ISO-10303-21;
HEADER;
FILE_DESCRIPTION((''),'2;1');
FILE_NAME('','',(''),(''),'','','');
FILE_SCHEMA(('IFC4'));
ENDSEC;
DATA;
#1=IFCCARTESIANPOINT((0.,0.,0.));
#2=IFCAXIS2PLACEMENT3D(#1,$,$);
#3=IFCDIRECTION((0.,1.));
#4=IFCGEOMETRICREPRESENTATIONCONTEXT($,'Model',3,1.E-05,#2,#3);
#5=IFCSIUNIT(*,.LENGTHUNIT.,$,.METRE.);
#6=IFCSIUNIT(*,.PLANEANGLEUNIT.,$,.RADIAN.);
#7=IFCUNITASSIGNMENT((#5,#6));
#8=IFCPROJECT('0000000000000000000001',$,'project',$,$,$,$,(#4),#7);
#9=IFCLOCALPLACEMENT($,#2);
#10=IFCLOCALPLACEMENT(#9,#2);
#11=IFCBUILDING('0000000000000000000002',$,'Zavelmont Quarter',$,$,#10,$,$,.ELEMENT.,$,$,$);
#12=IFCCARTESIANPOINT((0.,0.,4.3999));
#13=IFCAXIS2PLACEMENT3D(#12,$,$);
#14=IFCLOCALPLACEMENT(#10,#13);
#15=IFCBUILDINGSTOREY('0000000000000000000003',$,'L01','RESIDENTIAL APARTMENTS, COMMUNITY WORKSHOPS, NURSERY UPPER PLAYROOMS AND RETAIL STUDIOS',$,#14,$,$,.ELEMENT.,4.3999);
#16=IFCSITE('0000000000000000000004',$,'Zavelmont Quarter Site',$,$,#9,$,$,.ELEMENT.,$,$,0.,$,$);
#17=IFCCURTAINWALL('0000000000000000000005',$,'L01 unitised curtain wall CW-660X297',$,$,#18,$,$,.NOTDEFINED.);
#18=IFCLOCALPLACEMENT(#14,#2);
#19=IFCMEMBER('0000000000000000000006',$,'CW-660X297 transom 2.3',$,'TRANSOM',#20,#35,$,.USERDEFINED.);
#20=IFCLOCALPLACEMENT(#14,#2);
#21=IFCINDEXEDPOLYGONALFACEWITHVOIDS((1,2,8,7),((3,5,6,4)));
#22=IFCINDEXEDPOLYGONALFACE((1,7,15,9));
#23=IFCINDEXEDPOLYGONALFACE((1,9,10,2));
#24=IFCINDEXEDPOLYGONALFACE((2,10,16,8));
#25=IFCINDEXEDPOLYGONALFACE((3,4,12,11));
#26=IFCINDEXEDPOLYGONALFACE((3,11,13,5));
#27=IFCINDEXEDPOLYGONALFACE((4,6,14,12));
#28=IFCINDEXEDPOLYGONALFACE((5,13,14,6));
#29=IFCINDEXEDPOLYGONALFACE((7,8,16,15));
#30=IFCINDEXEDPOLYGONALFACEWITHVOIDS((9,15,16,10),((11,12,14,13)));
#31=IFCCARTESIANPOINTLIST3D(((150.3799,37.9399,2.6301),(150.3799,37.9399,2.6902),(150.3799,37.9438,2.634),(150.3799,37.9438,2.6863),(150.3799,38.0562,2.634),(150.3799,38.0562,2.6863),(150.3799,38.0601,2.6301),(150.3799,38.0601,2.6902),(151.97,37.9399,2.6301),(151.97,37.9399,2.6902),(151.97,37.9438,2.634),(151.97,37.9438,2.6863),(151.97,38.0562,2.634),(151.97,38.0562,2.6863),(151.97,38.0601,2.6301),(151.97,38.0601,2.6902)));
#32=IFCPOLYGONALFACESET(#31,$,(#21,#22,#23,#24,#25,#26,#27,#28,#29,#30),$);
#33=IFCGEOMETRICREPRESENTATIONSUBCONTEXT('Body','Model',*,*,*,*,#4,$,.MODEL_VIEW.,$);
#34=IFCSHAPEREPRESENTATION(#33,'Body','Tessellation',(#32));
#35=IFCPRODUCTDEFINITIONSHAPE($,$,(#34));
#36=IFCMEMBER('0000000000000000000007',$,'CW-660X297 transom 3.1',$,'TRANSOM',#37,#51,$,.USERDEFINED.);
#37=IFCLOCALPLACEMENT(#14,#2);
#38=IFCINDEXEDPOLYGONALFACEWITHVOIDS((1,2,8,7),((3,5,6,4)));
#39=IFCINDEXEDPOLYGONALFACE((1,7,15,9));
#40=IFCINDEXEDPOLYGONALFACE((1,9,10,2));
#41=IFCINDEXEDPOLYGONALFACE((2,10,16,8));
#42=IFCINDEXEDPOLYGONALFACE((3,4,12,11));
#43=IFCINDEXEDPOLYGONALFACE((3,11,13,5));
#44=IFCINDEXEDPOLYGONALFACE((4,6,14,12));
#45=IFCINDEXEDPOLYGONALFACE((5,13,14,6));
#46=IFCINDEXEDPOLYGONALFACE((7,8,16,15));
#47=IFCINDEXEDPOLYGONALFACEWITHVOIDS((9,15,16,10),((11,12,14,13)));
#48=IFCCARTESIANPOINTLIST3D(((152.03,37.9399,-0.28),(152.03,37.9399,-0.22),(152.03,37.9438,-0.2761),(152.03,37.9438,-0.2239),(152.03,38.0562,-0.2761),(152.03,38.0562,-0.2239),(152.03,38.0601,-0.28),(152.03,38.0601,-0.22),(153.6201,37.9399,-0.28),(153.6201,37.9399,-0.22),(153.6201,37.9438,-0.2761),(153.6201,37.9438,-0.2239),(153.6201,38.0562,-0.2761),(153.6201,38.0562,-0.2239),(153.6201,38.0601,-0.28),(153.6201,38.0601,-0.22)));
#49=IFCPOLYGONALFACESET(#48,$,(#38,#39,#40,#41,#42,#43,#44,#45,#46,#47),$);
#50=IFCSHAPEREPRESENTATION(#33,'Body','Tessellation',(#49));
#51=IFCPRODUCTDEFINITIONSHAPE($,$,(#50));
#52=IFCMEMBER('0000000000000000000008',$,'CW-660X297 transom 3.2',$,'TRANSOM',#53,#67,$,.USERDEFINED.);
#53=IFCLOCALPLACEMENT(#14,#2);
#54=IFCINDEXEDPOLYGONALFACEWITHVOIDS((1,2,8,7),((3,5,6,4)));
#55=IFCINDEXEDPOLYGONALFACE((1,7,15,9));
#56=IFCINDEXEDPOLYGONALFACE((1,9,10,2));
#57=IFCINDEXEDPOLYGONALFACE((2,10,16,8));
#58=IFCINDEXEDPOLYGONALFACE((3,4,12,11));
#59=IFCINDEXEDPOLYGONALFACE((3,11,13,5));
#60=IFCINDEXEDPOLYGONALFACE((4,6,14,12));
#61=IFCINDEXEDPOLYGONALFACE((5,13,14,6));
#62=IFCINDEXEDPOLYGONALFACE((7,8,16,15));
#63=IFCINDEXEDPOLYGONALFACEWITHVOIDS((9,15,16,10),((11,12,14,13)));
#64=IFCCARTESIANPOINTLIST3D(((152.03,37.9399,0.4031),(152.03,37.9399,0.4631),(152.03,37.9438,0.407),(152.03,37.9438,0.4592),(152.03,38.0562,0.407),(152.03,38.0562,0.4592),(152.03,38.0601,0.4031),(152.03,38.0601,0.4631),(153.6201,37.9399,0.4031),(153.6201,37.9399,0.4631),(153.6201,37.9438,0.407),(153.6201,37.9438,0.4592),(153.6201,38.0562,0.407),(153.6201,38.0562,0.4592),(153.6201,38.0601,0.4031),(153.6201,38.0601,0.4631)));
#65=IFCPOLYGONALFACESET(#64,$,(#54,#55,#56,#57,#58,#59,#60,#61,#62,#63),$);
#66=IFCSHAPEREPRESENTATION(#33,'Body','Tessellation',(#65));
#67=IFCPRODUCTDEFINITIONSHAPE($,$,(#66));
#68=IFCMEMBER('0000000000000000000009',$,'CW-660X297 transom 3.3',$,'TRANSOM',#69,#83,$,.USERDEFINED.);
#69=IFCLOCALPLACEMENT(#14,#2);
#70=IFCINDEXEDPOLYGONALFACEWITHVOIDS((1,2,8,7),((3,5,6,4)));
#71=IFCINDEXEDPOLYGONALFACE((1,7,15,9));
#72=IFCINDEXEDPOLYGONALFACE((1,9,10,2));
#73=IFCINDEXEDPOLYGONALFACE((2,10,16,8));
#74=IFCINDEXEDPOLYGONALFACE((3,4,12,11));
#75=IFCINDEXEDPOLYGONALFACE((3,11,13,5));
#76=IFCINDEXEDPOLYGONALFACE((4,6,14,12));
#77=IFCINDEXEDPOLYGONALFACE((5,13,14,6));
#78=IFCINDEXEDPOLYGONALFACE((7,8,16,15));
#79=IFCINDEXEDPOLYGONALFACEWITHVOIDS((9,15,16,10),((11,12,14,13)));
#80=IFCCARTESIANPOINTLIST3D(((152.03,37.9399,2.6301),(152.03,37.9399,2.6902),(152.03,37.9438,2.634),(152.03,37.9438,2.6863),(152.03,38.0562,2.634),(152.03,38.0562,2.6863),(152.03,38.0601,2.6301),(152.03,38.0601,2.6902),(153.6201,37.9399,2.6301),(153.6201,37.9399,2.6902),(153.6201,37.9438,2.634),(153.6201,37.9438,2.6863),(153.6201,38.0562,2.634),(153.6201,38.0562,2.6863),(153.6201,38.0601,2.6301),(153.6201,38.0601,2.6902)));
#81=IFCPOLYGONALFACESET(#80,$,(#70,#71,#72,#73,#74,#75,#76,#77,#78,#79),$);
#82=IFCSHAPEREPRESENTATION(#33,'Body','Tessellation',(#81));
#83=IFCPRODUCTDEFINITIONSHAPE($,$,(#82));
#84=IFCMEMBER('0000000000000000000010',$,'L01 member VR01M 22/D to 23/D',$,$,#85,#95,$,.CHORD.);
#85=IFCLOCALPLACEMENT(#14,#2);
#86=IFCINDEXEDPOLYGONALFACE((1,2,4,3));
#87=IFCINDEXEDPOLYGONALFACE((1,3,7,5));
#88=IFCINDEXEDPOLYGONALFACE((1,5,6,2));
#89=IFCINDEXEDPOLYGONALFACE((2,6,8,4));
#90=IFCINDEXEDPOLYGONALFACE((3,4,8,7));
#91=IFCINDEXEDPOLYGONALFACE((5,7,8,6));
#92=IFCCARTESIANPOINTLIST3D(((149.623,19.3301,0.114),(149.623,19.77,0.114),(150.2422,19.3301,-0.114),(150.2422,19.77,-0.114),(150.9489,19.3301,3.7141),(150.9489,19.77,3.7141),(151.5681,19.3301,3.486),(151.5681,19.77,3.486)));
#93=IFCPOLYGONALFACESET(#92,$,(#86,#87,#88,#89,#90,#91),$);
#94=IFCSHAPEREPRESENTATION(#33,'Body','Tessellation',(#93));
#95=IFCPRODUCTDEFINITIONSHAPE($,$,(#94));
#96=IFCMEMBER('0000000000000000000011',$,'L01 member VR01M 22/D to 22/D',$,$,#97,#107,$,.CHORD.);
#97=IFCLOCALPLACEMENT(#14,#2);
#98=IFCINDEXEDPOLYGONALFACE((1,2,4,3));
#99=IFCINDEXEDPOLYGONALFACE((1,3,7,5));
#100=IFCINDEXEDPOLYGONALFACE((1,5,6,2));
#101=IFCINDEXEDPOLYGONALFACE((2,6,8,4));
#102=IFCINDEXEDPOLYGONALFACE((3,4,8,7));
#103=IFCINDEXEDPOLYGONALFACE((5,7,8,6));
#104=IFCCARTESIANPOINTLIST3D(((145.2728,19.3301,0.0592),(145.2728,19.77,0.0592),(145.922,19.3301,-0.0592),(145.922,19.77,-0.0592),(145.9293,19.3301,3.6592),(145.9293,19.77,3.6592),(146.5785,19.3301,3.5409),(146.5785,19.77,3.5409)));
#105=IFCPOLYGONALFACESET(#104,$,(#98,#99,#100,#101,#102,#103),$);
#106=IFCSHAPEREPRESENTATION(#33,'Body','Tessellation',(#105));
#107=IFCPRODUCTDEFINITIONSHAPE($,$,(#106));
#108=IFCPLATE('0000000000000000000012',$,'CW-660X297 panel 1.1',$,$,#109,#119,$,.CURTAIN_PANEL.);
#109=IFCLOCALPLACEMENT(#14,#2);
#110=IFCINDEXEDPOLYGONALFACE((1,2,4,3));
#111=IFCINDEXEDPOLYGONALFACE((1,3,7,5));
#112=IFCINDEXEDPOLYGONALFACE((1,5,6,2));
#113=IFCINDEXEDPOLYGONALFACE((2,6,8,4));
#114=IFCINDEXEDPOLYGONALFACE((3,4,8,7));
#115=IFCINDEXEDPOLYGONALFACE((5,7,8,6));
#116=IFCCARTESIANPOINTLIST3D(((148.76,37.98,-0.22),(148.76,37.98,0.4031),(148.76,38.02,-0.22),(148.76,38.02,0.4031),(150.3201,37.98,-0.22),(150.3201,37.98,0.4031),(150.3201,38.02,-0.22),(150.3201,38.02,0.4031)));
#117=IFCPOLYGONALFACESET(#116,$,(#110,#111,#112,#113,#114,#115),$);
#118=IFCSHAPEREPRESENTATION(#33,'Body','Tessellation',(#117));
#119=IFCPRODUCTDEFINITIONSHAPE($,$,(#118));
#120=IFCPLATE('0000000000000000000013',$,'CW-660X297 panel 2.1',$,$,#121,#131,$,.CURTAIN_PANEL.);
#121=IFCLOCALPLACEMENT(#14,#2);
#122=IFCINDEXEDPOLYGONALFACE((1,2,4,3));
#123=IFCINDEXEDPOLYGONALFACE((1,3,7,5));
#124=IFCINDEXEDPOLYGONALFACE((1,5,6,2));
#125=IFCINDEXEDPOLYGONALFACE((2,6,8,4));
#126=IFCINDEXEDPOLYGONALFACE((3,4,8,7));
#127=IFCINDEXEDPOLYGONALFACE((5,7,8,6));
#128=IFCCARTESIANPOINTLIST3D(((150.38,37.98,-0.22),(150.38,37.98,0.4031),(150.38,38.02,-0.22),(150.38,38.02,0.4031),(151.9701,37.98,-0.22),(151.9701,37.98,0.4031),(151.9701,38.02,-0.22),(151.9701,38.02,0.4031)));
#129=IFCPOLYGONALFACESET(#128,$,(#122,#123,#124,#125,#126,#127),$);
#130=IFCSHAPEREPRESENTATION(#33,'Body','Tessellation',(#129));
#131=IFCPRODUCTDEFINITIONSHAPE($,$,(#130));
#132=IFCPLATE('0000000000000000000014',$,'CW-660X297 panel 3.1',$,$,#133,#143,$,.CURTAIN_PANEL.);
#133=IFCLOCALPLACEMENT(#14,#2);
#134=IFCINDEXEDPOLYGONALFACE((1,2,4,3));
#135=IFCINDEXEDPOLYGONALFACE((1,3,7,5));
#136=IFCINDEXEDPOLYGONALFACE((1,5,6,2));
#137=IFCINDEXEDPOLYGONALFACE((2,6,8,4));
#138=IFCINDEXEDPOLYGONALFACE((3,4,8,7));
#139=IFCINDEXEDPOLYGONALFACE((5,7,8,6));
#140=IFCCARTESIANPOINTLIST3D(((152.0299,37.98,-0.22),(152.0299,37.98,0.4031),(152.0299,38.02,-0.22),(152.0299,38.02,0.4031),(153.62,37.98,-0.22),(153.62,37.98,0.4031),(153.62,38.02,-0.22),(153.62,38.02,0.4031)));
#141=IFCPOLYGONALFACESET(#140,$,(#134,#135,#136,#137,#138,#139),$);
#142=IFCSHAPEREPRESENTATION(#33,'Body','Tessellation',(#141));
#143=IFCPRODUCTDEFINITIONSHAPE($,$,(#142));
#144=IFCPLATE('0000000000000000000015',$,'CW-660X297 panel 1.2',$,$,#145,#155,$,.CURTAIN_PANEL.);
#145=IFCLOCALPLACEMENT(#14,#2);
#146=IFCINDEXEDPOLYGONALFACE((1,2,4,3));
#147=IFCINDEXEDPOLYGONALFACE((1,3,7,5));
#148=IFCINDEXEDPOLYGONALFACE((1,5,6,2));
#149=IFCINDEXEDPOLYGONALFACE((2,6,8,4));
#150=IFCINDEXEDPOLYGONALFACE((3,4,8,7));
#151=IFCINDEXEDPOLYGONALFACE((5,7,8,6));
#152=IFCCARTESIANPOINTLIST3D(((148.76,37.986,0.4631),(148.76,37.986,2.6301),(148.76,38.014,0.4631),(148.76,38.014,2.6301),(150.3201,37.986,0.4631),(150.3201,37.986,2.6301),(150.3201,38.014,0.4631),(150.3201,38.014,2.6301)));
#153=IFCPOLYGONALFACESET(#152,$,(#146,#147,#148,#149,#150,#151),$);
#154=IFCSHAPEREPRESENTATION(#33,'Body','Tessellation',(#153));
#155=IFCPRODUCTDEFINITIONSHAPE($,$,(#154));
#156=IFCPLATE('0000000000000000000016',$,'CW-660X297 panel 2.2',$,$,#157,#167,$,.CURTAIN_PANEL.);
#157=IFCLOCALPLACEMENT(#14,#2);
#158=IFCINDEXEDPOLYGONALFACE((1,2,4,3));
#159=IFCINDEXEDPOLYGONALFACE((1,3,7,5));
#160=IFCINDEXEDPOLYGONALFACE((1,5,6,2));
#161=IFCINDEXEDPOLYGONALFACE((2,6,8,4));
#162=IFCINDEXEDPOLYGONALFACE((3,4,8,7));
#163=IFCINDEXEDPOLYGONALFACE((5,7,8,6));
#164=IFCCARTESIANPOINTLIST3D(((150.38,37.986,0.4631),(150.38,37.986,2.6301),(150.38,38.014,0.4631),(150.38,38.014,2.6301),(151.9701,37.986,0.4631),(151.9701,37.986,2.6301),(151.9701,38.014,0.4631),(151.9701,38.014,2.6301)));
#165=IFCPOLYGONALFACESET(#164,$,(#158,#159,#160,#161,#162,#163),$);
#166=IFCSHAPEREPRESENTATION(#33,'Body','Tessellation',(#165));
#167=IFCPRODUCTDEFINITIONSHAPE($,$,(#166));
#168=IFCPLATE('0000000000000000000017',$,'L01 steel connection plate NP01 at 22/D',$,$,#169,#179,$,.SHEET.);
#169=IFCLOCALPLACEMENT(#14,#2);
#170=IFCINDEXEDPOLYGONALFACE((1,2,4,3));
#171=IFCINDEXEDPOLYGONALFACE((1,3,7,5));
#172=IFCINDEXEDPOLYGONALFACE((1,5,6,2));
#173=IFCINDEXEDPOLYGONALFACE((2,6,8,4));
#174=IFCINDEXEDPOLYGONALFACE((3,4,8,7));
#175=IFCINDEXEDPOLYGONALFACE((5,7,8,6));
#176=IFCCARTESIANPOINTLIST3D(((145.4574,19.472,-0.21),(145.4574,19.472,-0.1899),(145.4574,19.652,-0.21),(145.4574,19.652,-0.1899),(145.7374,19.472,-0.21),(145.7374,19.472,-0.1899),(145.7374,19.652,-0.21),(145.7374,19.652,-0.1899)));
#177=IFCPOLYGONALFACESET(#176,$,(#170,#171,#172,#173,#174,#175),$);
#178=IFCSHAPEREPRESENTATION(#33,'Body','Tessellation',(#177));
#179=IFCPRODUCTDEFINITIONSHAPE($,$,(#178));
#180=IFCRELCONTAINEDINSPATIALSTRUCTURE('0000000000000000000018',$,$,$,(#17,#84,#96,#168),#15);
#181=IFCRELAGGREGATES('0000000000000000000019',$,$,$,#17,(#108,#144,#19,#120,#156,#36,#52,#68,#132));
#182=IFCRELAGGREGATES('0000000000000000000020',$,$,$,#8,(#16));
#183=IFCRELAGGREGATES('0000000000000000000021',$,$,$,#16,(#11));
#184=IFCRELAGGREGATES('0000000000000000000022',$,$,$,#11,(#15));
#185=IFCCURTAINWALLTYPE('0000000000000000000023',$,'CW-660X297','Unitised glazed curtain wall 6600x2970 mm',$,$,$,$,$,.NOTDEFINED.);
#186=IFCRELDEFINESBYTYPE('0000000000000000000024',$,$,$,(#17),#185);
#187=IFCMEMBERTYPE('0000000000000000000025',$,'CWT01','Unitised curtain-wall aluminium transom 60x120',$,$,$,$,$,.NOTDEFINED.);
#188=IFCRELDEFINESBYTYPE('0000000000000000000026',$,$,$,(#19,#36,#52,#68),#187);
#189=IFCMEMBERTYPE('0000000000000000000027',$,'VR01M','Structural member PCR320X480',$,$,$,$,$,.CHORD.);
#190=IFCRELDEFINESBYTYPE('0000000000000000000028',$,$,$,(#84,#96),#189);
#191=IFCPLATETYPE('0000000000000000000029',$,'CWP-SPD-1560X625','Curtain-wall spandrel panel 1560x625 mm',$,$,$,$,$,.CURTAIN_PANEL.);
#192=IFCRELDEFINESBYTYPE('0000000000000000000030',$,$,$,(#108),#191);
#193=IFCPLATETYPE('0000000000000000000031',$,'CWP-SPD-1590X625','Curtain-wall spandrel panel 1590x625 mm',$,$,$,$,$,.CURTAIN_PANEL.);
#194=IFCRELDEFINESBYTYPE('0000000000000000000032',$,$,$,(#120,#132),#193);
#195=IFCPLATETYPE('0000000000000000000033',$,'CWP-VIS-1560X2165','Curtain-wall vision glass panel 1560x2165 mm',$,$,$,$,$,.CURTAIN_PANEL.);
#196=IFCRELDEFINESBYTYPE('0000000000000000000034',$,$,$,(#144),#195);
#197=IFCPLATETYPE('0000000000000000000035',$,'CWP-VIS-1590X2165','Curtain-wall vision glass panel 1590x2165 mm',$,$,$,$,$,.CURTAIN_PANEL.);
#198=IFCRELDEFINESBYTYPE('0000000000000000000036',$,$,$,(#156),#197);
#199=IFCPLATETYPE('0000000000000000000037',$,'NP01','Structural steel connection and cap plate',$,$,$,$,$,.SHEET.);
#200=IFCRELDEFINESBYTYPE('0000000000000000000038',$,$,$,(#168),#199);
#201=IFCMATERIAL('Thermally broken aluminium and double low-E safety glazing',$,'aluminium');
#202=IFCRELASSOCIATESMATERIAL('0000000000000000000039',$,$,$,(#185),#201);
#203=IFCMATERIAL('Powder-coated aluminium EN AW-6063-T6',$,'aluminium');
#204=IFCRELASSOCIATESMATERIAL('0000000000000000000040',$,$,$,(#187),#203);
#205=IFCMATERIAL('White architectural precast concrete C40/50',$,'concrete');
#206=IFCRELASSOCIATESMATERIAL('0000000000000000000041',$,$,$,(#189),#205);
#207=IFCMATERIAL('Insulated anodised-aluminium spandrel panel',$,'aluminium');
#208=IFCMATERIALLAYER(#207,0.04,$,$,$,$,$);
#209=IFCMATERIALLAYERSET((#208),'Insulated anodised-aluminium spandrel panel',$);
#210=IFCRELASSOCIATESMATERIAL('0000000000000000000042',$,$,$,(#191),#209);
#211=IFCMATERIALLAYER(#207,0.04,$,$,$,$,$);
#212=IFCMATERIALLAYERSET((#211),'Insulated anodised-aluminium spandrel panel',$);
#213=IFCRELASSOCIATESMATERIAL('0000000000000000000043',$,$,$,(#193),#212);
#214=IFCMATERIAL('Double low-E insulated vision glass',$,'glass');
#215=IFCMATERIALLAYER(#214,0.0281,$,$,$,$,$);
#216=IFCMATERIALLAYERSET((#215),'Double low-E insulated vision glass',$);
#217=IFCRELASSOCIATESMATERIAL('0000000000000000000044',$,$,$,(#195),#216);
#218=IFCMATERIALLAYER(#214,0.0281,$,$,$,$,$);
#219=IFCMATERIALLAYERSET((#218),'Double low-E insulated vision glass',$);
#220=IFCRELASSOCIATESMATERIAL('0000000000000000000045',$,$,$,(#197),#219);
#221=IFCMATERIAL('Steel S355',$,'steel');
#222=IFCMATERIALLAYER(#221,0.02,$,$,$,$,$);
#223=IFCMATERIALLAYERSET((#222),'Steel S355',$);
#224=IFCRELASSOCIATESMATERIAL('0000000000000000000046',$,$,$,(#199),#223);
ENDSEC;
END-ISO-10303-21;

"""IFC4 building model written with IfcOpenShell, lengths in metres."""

from ifc_helpers import new_model, si_unit, direction, frame, origin, origin_2d, place, context, subcontext, project, spatial, rectangle, hollow_rectangle, extrude, material, layer, layer_set, material_profile, profile_set, type_object, element, aggregate, save


model = new_model("IFC4")

# Units and contexts
model_context = context("Model", 3, precision=1e-05, world=origin(), true_north=direction((0.0, 1.0)))
body_context = subcontext(model_context, "Body", "Model", "MODEL_VIEW")
ifc_project = project(units=[si_unit("LENGTHUNIT", "METRE"), si_unit("PLANEANGLEUNIT", "RADIAN")], contexts=[model_context])

# Site, building, storey
site_placement = place(None, origin())
site = spatial("IfcSite", under=ifc_project, at=site_placement, Name="Zavelmont Quarter Site", CompositionType="ELEMENT", RefElevation=0.0)
building_placement = place(site_placement, origin())
building = spatial("IfcBuilding", under=site, at=building_placement, Name="Zavelmont Quarter", CompositionType="ELEMENT")
storey_placement = place(building_placement, frame((0.0, 0.0, 4.3999)))
storey = spatial("IfcBuildingStorey", under=building, at=storey_placement, Name="L01", Description="RESIDENTIAL APARTMENTS, COMMUNITY WORKSHOPS, NURSERY UPPER PLAYROOMS AND RETAIL STUDIOS", CompositionType="ELEMENT", Elevation=4.3999)

# Shared definitions
ifc_material_1 = material(Name="Steel S355", Category="steel")

# Curtain wall, members
ifc_material_2 = material(Name="Thermally broken aluminium and double low-E safety glazing", Category="aluminium")
curtain_wall_type = type_object("IfcCurtainWallType", Name="CW-660X297", Description="Unitised glazed curtain wall 6600x2970 mm", PredefinedType="NOTDEFINED", material=ifc_material_2)
curtain_wall_placement = place(storey_placement, origin())
curtain_wall = element("IfcCurtainWall", 1, at=curtain_wall_placement, inside=storey, type_object=curtain_wall_type, Name="L01 unitised curtain wall CW-660X297", PredefinedType="NOTDEFINED")
ifc_material_3 = material(Name="Powder-coated aluminium EN AW-6063-T6", Category="aluminium")
ifc_material_profile_1 = material_profile(ifc_material_3, hollow_rectangle(XDim=0.1201, YDim=0.0601, WallThickness=0.0039, at=origin_2d()), Name="CWT60X120")
ifc_profile_set_1 = profile_set([ifc_material_profile_1], Name="Powder-coated aluminium EN AW-6063-T6")
member_type_1 = type_object("IfcMemberType", Name="CWT01", Description="Unitised curtain-wall aluminium transom 60x120", PredefinedType="NOTDEFINED", material=ifc_profile_set_1)
member_1_placement = place(storey_placement, frame((150.3799, 38.0, 2.6602), z_axis=(1.0, 0.0, 0.0), x_axis=(0.0, 1.0, 0.0)))
member_1 = element("IfcMember", 2, at=member_1_placement, type_object=member_type_1, Name="CW-660X297 transom 2.3", ObjectType="TRANSOM", PredefinedType="USERDEFINED", context=body_context, shape_type="SweptSolid", body=[
    extrude(hollow_rectangle(XDim=0.1201, YDim=0.0601, WallThickness=0.0039, at=origin_2d()), origin(), (0.0, 0.0, 1.0), 1.5901),
])
member_2_placement = place(storey_placement, frame((152.03, 38.0, -0.25), z_axis=(1.0, 0.0, 0.0), x_axis=(0.0, 1.0, 0.0)))
member_2 = element("IfcMember", 3, at=member_2_placement, type_object=member_type_1, Name="CW-660X297 transom 3.1", ObjectType="TRANSOM", PredefinedType="USERDEFINED", context=body_context, shape_type="SweptSolid", body=[
    extrude(hollow_rectangle(XDim=0.1201, YDim=0.0601, WallThickness=0.0039, at=origin_2d()), origin(), (0.0, 0.0, 1.0), 1.5901),
])
member_3_placement = place(storey_placement, frame((152.03, 38.0, 0.4331), z_axis=(1.0, 0.0, 0.0), x_axis=(0.0, 1.0, 0.0)))
member_3 = element("IfcMember", 4, at=member_3_placement, type_object=member_type_1, Name="CW-660X297 transom 3.2", ObjectType="TRANSOM", PredefinedType="USERDEFINED", context=body_context, shape_type="SweptSolid", body=[
    extrude(hollow_rectangle(XDim=0.1201, YDim=0.0601, WallThickness=0.0039, at=origin_2d()), origin(), (0.0, 0.0, 1.0), 1.5901),
])
member_4_placement = place(storey_placement, frame((152.03, 38.0, 2.6602), z_axis=(1.0, 0.0, 0.0), x_axis=(0.0, 1.0, 0.0)))
member_4 = element("IfcMember", 5, at=member_4_placement, type_object=member_type_1, Name="CW-660X297 transom 3.3", ObjectType="TRANSOM", PredefinedType="USERDEFINED", context=body_context, shape_type="SweptSolid", body=[
    extrude(hollow_rectangle(XDim=0.1201, YDim=0.0601, WallThickness=0.0039, at=origin_2d()), origin(), (0.0, 0.0, 1.0), 1.5901),
])

# Members
ifc_material_4 = material(Name="White architectural precast concrete C40/50", Category="concrete")
ifc_material_profile_2 = material_profile(ifc_material_4, rectangle(XDim=0.4399, YDim=0.6599, at=origin_2d()), Name="PCR320X480")
ifc_profile_set_2 = profile_set([ifc_material_profile_2], Name="White architectural precast concrete C40/50")
member_type_2 = type_object("IfcMemberType", Name="VR01M", Description="Structural member PCR320X480", PredefinedType="CHORD", material=ifc_profile_set_2)
member_5_placement = place(storey_placement, frame((149.9326, 19.55, 0.0), z_axis=(0.345608, 0.0, 0.938379), x_axis=(0.0, 1.0, 0.0)))
element("IfcMember", 6, at=member_5_placement, inside=storey, type_object=member_type_2, Name="L01 member VR01M 22/D to 23/D", PredefinedType="CHORD", context=body_context, shape_type="SweptSolid", body=[
    extrude(rectangle(XDim=0.4399, YDim=0.6599, at=origin_2d()), origin(), (0.0, 0.0, 1.0), 3.8364),
])
member_6_placement = place(storey_placement, frame((145.5974, 19.55, 0.0), z_axis=(0.179396, 0.0, 0.983777), x_axis=(0.0, 1.0, 0.0)))
element("IfcMember", 7, at=member_6_placement, inside=storey, type_object=member_type_2, Name="L01 member VR01M 22/D to 22/D", PredefinedType="CHORD", context=body_context, shape_type="SweptSolid", body=[
    extrude(rectangle(XDim=0.4399, YDim=0.6599, at=origin_2d()), origin(), (0.0, 0.0, 1.0), 3.6594),
])

# Plates
ifc_material_5 = material(Name="Insulated anodised-aluminium spandrel panel", Category="aluminium")
ifc_layer_1 = layer(ifc_material_5, 0.04)
ifc_layer_set_1 = layer_set([ifc_layer_1], Name="Insulated anodised-aluminium spandrel panel")
plate_type_1 = type_object("IfcPlateType", Name="CWP-SPD-1560X625", Description="Curtain-wall spandrel panel 1560x625 mm", PredefinedType="CURTAIN_PANEL", material=ifc_layer_set_1)
plate_1_placement = place(storey_placement, frame((149.54, 38.0, -0.22), z_axis=(0.0, 0.0, 1.0), x_axis=(1.0, 0.0, 0.0)))
plate_1 = element("IfcPlate", 8, at=plate_1_placement, type_object=plate_type_1, Name="CW-660X297 panel 1.1", PredefinedType="CURTAIN_PANEL", context=body_context, shape_type="SweptSolid", body=[
    extrude(rectangle(XDim=1.5601, YDim=0.04, at=origin_2d()), origin(), (0.0, 0.0, 1.0), 0.623),
])
ifc_layer_2 = layer(ifc_material_5, 0.04)
ifc_layer_set_2 = layer_set([ifc_layer_2], Name="Insulated anodised-aluminium spandrel panel")
plate_type_2 = type_object("IfcPlateType", Name="CWP-SPD-1590X625", Description="Curtain-wall spandrel panel 1590x625 mm", PredefinedType="CURTAIN_PANEL", material=ifc_layer_set_2)
plate_2_placement = place(storey_placement, frame((151.175, 38.0, -0.22), z_axis=(0.0, 0.0, 1.0), x_axis=(1.0, 0.0, 0.0)))
plate_2 = element("IfcPlate", 9, at=plate_2_placement, type_object=plate_type_2, Name="CW-660X297 panel 2.1", PredefinedType="CURTAIN_PANEL", context=body_context, shape_type="SweptSolid", body=[
    extrude(rectangle(XDim=1.5901, YDim=0.04, at=origin_2d()), origin(), (0.0, 0.0, 1.0), 0.623),
])
plate_3_placement = place(storey_placement, frame((152.825, 38.0, -0.22), z_axis=(0.0, 0.0, 1.0), x_axis=(1.0, 0.0, 0.0)))
plate_3 = element("IfcPlate", 10, at=plate_3_placement, type_object=plate_type_2, Name="CW-660X297 panel 3.1", PredefinedType="CURTAIN_PANEL", context=body_context, shape_type="SweptSolid", body=[
    extrude(rectangle(XDim=1.5901, YDim=0.04, at=origin_2d()), origin(), (0.0, 0.0, 1.0), 0.623),
])
ifc_material_6 = material(Name="Double low-E insulated vision glass", Category="glass")
ifc_layer_3 = layer(ifc_material_6, 0.0281)
ifc_layer_set_3 = layer_set([ifc_layer_3], Name="Double low-E insulated vision glass")
plate_type_3 = type_object("IfcPlateType", Name="CWP-VIS-1560X2165", Description="Curtain-wall vision glass panel 1560x2165 mm", PredefinedType="CURTAIN_PANEL", material=ifc_layer_set_3)
plate_4_placement = place(storey_placement, frame((149.54, 38.0, 0.4631), z_axis=(0.0, 0.0, 1.0), x_axis=(1.0, 0.0, 0.0)))
plate_4 = element("IfcPlate", 11, at=plate_4_placement, type_object=plate_type_3, Name="CW-660X297 panel 1.2", PredefinedType="CURTAIN_PANEL", context=body_context, shape_type="SweptSolid", body=[
    extrude(rectangle(XDim=1.5601, YDim=0.0281, at=origin_2d()), origin(), (0.0, 0.0, 1.0), 2.167),
])
ifc_layer_4 = layer(ifc_material_6, 0.0281)
ifc_layer_set_4 = layer_set([ifc_layer_4], Name="Double low-E insulated vision glass")
plate_type_4 = type_object("IfcPlateType", Name="CWP-VIS-1590X2165", Description="Curtain-wall vision glass panel 1590x2165 mm", PredefinedType="CURTAIN_PANEL", material=ifc_layer_set_4)
plate_5_placement = place(storey_placement, frame((151.175, 38.0, 0.4631), z_axis=(0.0, 0.0, 1.0), x_axis=(1.0, 0.0, 0.0)))
plate_5 = element("IfcPlate", 12, at=plate_5_placement, type_object=plate_type_4, Name="CW-660X297 panel 2.2", PredefinedType="CURTAIN_PANEL", context=body_context, shape_type="SweptSolid", body=[
    extrude(rectangle(XDim=1.5901, YDim=0.0281, at=origin_2d()), origin(), (0.0, 0.0, 1.0), 2.167),
])
aggregate(curtain_wall, [plate_1, plate_4, member_1, plate_2, plate_5, member_2, member_3, member_4, plate_3])

# Plate
ifc_layer_5 = layer(ifc_material_1, 0.02)
ifc_layer_set_5 = layer_set([ifc_layer_5], Name="Steel S355")
plate_type_5 = type_object("IfcPlateType", Name="NP01", Description="Structural steel connection and cap plate", PredefinedType="SHEET", material=ifc_layer_set_5)
plate_6_placement = place(storey_placement, frame((145.5974, 19.562, -0.21), z_axis=(0.0, 0.0, 1.0), x_axis=(1.0, 0.0, 0.0)))
element("IfcPlate", 13, at=plate_6_placement, inside=storey, type_object=plate_type_5, Name="L01 steel connection plate NP01 at 22/D", PredefinedType="SHEET", context=body_context, shape_type="SweptSolid", body=[
    extrude(rectangle(XDim=0.28, YDim=0.1799, at=origin_2d()), origin(), (0.0, 0.0, 1.0), 0.02),
])

save(model, "model.ifc")
